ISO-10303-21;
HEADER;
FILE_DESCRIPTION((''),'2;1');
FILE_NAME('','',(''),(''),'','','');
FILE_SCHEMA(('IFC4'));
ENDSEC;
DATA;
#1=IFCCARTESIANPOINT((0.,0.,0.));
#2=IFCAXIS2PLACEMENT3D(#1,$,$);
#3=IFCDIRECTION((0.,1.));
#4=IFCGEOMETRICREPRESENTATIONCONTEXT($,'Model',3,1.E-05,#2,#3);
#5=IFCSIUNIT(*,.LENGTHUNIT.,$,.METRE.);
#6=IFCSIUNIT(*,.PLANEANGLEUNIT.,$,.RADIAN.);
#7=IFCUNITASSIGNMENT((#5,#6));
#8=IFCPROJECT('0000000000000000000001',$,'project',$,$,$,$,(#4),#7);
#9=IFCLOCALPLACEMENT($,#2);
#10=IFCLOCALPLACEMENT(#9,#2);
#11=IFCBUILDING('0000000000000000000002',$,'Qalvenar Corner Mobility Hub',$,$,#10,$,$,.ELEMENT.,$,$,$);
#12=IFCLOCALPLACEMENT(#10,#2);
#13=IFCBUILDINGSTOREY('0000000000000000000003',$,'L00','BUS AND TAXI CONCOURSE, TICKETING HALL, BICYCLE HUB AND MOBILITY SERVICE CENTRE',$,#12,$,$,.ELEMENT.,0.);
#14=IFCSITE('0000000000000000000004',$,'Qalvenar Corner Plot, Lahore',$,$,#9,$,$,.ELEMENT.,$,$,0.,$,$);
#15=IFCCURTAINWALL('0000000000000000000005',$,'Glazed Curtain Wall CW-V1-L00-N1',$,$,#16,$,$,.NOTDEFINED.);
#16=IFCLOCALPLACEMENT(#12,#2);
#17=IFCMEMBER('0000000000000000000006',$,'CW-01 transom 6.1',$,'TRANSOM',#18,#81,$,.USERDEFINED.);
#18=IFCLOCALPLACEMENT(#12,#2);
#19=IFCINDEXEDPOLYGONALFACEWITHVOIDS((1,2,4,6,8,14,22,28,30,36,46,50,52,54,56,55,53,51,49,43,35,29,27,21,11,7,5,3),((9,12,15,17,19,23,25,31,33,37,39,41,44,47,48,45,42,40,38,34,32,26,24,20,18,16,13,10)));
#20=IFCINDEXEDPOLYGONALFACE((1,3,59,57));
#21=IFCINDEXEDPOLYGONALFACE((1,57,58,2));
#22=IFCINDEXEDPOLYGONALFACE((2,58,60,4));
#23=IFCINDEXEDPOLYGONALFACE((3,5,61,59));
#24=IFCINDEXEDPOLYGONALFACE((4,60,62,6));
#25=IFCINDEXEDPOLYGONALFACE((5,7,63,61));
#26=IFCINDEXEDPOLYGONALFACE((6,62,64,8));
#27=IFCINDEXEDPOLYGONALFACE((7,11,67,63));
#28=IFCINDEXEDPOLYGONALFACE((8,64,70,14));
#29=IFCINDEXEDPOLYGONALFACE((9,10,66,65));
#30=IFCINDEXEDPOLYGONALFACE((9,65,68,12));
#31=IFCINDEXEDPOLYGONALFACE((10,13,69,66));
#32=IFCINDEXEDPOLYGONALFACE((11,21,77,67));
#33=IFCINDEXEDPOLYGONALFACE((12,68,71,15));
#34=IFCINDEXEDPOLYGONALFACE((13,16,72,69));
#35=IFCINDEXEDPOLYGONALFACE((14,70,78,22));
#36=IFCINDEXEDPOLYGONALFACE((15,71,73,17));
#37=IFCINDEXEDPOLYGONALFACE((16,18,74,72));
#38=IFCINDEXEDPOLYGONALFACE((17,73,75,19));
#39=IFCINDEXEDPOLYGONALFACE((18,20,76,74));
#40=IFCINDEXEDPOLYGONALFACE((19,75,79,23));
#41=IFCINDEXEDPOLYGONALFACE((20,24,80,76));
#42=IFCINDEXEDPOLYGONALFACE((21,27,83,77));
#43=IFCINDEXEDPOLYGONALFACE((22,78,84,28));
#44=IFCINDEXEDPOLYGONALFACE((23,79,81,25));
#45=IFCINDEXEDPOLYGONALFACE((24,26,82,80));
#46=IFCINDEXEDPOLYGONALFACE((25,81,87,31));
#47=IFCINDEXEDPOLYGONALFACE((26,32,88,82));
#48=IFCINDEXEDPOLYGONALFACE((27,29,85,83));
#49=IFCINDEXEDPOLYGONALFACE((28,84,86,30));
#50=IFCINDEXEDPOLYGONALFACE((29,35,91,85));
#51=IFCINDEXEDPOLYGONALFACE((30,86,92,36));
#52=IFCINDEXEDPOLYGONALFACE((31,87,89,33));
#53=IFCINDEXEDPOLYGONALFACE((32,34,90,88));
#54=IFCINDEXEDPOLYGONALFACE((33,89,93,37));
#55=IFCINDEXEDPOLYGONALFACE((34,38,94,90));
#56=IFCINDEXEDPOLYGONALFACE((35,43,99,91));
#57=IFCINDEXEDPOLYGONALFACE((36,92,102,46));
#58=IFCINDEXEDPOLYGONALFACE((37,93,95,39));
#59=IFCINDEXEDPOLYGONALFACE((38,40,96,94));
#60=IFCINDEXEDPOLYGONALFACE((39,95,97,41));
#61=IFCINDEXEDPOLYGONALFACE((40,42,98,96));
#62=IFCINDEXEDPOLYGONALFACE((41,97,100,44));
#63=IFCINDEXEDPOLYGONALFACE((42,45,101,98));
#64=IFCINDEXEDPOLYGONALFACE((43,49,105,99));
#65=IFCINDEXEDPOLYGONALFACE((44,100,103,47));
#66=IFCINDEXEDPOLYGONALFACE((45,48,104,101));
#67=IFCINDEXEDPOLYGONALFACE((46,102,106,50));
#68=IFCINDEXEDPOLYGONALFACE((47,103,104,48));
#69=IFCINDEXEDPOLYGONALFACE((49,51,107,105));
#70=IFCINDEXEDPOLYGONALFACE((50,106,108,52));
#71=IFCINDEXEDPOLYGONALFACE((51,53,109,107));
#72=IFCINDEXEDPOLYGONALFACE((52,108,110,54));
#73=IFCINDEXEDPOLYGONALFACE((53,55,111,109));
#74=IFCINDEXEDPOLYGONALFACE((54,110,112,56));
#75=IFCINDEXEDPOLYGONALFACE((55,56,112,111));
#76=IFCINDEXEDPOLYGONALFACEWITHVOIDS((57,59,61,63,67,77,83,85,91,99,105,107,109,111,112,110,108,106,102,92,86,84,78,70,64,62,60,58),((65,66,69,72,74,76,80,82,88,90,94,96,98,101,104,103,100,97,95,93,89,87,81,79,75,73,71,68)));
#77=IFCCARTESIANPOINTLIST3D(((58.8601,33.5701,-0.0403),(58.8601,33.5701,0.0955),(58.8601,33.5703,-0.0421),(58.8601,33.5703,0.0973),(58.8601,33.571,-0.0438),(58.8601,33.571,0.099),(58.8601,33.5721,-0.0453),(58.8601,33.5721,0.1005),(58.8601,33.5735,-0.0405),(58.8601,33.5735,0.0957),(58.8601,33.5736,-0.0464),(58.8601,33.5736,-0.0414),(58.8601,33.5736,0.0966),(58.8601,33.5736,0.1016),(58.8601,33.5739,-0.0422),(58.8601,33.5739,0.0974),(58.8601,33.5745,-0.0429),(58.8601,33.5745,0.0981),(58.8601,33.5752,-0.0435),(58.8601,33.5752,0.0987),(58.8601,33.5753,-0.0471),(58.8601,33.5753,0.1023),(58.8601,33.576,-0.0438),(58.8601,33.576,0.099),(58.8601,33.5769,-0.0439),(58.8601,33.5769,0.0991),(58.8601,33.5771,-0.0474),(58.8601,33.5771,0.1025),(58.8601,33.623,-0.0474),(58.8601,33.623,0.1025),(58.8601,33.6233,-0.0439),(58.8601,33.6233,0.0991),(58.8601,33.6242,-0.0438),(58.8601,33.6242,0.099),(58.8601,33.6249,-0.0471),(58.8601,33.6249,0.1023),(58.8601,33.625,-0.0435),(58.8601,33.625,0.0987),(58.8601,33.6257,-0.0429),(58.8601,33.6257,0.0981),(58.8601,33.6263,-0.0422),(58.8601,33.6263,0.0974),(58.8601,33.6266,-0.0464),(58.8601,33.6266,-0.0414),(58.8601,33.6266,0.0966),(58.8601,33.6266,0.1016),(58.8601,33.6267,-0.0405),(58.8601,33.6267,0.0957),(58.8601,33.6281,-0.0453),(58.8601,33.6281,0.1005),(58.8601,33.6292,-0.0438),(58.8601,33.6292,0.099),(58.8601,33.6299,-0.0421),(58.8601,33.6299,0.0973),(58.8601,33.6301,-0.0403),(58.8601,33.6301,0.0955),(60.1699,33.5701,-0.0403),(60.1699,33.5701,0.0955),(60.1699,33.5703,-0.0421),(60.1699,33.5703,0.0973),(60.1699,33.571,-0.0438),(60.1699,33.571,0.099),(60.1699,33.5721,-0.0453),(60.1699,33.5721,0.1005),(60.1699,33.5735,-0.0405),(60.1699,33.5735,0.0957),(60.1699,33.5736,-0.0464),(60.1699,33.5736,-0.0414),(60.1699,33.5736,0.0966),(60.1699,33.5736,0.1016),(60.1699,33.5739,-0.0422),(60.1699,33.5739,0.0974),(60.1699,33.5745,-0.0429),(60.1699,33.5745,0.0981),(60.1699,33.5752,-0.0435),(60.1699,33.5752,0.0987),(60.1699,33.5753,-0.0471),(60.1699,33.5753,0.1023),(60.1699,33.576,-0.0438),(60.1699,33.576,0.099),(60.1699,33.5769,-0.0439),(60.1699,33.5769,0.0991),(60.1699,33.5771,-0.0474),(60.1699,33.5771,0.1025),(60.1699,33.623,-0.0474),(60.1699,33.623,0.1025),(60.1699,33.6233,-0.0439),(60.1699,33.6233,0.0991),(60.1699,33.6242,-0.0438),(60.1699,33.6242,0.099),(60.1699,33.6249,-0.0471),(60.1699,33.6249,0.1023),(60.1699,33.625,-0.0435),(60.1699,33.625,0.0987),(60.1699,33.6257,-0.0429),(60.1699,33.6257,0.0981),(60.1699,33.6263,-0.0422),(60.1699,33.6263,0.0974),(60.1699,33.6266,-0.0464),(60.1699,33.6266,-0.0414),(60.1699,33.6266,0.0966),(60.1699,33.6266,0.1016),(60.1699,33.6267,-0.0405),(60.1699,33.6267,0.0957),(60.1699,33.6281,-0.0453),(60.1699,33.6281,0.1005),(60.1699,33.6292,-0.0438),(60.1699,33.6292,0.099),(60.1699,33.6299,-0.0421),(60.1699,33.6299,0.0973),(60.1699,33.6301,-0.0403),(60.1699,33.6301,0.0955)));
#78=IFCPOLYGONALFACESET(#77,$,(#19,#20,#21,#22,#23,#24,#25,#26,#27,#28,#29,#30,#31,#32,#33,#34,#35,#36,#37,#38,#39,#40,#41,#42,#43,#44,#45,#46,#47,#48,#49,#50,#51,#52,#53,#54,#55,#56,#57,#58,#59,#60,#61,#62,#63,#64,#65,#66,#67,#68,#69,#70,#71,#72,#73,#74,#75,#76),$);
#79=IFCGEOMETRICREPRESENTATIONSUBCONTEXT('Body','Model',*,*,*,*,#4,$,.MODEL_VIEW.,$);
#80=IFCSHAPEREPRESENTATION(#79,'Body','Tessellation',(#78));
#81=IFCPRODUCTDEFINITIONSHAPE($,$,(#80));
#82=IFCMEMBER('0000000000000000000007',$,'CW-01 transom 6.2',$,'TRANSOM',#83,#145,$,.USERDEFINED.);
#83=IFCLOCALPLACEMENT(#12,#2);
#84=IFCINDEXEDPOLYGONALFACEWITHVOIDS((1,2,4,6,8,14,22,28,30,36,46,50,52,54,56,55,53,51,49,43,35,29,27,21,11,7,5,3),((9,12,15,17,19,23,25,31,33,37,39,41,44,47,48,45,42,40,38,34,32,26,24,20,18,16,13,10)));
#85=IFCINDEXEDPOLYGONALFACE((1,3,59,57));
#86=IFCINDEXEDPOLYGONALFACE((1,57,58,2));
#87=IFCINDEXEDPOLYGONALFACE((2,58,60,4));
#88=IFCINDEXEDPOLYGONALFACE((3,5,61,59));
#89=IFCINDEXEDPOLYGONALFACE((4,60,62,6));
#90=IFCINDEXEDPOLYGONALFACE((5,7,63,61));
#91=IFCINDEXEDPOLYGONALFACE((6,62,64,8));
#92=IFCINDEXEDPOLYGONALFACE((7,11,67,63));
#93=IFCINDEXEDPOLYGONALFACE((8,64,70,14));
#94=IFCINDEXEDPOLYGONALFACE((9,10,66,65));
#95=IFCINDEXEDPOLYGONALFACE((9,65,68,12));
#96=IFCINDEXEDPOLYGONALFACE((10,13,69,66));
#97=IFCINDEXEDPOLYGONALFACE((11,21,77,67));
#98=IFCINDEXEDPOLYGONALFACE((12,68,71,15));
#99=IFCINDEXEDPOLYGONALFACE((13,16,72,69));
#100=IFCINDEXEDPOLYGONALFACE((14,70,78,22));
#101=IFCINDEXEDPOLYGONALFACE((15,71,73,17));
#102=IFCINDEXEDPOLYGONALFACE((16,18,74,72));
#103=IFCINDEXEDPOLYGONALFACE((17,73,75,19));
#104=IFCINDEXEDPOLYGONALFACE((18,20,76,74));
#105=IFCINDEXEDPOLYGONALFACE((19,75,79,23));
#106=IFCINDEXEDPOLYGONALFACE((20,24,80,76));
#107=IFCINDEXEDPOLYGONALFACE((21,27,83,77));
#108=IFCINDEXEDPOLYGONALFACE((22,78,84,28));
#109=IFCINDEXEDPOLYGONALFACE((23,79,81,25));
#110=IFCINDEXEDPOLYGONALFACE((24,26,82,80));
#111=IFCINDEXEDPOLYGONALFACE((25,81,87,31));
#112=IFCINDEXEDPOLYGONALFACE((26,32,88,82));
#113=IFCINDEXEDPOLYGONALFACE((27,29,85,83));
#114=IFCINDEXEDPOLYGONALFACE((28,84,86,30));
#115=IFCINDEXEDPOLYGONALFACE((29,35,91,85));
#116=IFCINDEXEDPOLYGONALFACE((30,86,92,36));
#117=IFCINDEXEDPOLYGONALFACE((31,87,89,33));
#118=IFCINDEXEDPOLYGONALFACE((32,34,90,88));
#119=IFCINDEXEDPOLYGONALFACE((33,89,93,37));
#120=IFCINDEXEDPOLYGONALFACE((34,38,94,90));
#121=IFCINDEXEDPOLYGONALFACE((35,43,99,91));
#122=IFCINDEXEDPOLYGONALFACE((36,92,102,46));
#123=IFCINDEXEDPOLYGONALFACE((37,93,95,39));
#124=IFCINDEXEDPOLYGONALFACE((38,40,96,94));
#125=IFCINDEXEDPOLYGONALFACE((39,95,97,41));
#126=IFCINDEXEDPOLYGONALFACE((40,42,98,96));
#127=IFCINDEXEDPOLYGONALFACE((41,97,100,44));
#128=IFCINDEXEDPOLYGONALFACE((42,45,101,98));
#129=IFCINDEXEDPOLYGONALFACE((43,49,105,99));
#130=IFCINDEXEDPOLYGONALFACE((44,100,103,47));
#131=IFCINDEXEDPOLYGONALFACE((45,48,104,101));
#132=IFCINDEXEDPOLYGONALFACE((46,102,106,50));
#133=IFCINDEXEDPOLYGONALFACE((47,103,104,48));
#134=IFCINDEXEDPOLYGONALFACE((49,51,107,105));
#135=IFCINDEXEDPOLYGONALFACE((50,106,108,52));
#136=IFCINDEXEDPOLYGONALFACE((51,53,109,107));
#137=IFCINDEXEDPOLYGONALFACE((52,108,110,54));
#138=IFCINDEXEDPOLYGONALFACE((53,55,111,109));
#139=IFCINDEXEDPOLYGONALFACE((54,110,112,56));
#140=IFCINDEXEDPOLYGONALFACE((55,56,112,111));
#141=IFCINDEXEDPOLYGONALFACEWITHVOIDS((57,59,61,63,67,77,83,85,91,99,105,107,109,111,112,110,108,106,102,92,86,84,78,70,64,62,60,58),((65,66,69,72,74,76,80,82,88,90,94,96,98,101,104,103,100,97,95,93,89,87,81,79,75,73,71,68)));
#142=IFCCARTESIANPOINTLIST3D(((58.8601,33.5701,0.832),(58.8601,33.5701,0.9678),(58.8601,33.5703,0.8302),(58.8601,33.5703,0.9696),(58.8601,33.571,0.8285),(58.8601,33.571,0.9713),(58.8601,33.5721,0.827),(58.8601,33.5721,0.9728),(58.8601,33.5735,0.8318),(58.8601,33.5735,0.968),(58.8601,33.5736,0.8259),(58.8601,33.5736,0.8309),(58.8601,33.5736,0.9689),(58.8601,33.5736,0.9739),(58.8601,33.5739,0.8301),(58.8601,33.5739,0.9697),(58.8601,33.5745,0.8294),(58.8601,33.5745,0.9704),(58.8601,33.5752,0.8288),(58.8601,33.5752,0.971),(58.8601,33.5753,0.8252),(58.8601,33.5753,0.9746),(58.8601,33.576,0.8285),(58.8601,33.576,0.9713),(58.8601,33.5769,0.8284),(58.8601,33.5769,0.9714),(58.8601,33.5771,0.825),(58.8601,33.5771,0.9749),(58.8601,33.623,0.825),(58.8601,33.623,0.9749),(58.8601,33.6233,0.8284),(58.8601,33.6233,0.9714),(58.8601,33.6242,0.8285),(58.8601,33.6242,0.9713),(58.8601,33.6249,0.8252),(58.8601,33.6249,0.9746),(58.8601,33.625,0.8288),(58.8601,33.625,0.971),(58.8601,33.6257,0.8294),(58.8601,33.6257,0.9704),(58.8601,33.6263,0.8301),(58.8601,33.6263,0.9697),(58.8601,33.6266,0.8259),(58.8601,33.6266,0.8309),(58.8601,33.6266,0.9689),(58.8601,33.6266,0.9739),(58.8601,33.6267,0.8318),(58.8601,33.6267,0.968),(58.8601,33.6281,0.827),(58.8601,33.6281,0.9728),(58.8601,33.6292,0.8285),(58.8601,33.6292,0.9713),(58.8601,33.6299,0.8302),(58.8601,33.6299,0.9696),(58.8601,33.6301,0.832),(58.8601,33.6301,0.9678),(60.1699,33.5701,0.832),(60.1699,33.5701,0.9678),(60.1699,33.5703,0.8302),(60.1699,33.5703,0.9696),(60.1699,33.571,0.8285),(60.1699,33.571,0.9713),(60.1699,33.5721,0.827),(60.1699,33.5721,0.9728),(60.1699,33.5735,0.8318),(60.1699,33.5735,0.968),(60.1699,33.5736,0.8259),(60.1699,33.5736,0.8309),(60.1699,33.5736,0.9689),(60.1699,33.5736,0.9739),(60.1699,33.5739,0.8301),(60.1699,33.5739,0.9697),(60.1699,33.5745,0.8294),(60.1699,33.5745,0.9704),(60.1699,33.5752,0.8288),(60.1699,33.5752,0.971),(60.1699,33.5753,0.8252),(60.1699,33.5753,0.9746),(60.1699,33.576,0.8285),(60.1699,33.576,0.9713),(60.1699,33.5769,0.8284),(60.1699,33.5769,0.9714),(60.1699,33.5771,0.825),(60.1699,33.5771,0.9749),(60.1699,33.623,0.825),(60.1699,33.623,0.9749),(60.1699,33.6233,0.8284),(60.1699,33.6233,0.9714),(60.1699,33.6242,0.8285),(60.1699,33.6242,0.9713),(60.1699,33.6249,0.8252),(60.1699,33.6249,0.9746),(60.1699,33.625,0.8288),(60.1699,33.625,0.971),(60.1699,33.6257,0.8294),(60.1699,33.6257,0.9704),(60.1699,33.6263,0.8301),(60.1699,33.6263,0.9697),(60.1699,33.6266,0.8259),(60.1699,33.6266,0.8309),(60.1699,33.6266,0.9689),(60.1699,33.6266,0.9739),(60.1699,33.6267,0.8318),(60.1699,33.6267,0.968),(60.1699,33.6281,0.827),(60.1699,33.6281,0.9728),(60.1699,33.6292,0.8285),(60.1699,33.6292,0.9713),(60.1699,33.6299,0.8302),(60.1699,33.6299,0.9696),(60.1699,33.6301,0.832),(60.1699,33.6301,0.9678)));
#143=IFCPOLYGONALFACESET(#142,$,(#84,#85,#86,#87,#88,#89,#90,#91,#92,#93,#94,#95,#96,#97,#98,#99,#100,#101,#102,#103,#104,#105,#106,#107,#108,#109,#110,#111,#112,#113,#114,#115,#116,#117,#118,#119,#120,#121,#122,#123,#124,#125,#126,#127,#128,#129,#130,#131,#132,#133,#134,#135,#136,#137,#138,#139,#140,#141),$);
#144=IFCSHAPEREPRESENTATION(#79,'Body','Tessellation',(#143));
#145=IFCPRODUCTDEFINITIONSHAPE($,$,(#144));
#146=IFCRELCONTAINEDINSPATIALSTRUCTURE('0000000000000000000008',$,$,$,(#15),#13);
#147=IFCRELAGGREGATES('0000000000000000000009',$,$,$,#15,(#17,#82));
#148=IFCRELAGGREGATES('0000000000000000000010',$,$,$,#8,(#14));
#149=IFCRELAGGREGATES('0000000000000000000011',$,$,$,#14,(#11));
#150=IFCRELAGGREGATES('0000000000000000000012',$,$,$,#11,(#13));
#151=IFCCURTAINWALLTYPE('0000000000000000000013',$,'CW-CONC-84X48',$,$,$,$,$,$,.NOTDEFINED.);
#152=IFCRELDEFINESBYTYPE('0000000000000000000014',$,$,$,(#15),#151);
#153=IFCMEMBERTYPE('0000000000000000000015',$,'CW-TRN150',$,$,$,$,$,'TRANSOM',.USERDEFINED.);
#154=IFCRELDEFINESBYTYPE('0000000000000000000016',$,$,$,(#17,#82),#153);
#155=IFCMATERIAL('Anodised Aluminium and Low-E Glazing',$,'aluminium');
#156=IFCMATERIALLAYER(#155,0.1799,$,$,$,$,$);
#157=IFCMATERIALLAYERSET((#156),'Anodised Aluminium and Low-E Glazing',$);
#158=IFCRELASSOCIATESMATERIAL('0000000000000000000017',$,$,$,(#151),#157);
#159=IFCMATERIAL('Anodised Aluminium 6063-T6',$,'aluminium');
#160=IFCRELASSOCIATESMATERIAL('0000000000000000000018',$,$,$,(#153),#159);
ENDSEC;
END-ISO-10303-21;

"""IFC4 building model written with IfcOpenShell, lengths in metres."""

from ifc_helpers import new_model, si_unit, direction, frame, origin, origin_2d, place, context, subcontext, project, spatial, hollow_rectangle, extrude, material, layer, layer_set, material_profile, profile_set, type_object, element, aggregate, save


model = new_model("IFC4")

# Units and contexts
model_context = context("Model", 3, precision=1e-05, world=origin(), true_north=direction((0.0, 1.0)))
body_context = subcontext(model_context, "Body", "Model", "MODEL_VIEW")
ifc_project = project(units=[si_unit("LENGTHUNIT", "METRE"), si_unit("PLANEANGLEUNIT", "RADIAN")], contexts=[model_context])

# Site, building, storey
site_placement = place(None, origin())
site = spatial("IfcSite", under=ifc_project, at=site_placement, Name="Qalvenar Corner Plot, Lahore", CompositionType="ELEMENT", RefElevation=0.0)
building_placement = place(site_placement, origin())
building = spatial("IfcBuilding", under=site, at=building_placement, Name="Qalvenar Corner Mobility Hub", CompositionType="ELEMENT")
storey_placement = place(building_placement, origin())
storey = spatial("IfcBuildingStorey", under=building, at=storey_placement, Name="L00", Description="BUS AND TAXI CONCOURSE, TICKETING HALL, BICYCLE HUB AND MOBILITY SERVICE CENTRE", CompositionType="ELEMENT", Elevation=0.0)

# Curtain wall, members
ifc_material_1 = material(Name="Anodised Aluminium and Low-E Glazing", Category="aluminium")
ifc_layer_1 = layer(ifc_material_1, 0.1799)
ifc_layer_set_1 = layer_set([ifc_layer_1], Name="Anodised Aluminium and Low-E Glazing")
curtain_wall_type = type_object("IfcCurtainWallType", Name="CW-CONC-84X48", PredefinedType="NOTDEFINED", material=ifc_layer_set_1)
curtain_wall_placement = place(storey_placement, origin())
curtain_wall = element("IfcCurtainWall", 1, at=curtain_wall_placement, inside=storey, type_object=curtain_wall_type, Name="Glazed Curtain Wall CW-V1-L00-N1", PredefinedType="NOTDEFINED")
ifc_material_2 = material(Name="Anodised Aluminium 6063-T6", Category="aluminium")
ifc_material_profile_1 = material_profile(ifc_material_2, hollow_rectangle(XDim=0.0601, YDim=0.1499, WallThickness=0.0034, InnerFilletRadius=0.0034, OuterFilletRadius=0.0071, at=origin_2d()), Name="RHS150x60x3.5")
ifc_profile_set_1 = profile_set([ifc_material_profile_1], Name="Anodised Aluminium 6063-T6")
member_type_1 = type_object("IfcMemberType", Name="CW-TRN150", ElementType="TRANSOM", PredefinedType="USERDEFINED", material=ifc_profile_set_1)
member_1_placement = place(storey_placement, frame((60.1699, 33.6001, 0.0276), z_axis=(-1.0, 0.0, 0.0), x_axis=(0.0, -1.0, 0.0)))
member_1 = element("IfcMember", 2, at=member_1_placement, type_object=member_type_1, Name="CW-01 transom 6.1", ObjectType="TRANSOM", PredefinedType="USERDEFINED", context=body_context, shape_type="SweptSolid", body=[
    extrude(hollow_rectangle(XDim=0.0601, YDim=0.1499, WallThickness=0.0034, InnerFilletRadius=0.0034, OuterFilletRadius=0.0071, at=origin_2d()), origin(), (0.0, 0.0, 1.0), 1.3098),
])
member_2_placement = place(storey_placement, frame((60.1699, 33.6001, 0.8999), z_axis=(-1.0, 0.0, 0.0), x_axis=(0.0, -1.0, 0.0)))
member_2 = element("IfcMember", 3, at=member_2_placement, type_object=member_type_1, Name="CW-01 transom 6.2", ObjectType="TRANSOM", PredefinedType="USERDEFINED", context=body_context, shape_type="SweptSolid", body=[
    extrude(hollow_rectangle(XDim=0.0601, YDim=0.1499, WallThickness=0.0034, InnerFilletRadius=0.0034, OuterFilletRadius=0.0071, at=origin_2d()), origin(), (0.0, 0.0, 1.0), 1.3098),
])
aggregate(curtain_wall, [member_1, member_2])

save(model, "model.ifc")
